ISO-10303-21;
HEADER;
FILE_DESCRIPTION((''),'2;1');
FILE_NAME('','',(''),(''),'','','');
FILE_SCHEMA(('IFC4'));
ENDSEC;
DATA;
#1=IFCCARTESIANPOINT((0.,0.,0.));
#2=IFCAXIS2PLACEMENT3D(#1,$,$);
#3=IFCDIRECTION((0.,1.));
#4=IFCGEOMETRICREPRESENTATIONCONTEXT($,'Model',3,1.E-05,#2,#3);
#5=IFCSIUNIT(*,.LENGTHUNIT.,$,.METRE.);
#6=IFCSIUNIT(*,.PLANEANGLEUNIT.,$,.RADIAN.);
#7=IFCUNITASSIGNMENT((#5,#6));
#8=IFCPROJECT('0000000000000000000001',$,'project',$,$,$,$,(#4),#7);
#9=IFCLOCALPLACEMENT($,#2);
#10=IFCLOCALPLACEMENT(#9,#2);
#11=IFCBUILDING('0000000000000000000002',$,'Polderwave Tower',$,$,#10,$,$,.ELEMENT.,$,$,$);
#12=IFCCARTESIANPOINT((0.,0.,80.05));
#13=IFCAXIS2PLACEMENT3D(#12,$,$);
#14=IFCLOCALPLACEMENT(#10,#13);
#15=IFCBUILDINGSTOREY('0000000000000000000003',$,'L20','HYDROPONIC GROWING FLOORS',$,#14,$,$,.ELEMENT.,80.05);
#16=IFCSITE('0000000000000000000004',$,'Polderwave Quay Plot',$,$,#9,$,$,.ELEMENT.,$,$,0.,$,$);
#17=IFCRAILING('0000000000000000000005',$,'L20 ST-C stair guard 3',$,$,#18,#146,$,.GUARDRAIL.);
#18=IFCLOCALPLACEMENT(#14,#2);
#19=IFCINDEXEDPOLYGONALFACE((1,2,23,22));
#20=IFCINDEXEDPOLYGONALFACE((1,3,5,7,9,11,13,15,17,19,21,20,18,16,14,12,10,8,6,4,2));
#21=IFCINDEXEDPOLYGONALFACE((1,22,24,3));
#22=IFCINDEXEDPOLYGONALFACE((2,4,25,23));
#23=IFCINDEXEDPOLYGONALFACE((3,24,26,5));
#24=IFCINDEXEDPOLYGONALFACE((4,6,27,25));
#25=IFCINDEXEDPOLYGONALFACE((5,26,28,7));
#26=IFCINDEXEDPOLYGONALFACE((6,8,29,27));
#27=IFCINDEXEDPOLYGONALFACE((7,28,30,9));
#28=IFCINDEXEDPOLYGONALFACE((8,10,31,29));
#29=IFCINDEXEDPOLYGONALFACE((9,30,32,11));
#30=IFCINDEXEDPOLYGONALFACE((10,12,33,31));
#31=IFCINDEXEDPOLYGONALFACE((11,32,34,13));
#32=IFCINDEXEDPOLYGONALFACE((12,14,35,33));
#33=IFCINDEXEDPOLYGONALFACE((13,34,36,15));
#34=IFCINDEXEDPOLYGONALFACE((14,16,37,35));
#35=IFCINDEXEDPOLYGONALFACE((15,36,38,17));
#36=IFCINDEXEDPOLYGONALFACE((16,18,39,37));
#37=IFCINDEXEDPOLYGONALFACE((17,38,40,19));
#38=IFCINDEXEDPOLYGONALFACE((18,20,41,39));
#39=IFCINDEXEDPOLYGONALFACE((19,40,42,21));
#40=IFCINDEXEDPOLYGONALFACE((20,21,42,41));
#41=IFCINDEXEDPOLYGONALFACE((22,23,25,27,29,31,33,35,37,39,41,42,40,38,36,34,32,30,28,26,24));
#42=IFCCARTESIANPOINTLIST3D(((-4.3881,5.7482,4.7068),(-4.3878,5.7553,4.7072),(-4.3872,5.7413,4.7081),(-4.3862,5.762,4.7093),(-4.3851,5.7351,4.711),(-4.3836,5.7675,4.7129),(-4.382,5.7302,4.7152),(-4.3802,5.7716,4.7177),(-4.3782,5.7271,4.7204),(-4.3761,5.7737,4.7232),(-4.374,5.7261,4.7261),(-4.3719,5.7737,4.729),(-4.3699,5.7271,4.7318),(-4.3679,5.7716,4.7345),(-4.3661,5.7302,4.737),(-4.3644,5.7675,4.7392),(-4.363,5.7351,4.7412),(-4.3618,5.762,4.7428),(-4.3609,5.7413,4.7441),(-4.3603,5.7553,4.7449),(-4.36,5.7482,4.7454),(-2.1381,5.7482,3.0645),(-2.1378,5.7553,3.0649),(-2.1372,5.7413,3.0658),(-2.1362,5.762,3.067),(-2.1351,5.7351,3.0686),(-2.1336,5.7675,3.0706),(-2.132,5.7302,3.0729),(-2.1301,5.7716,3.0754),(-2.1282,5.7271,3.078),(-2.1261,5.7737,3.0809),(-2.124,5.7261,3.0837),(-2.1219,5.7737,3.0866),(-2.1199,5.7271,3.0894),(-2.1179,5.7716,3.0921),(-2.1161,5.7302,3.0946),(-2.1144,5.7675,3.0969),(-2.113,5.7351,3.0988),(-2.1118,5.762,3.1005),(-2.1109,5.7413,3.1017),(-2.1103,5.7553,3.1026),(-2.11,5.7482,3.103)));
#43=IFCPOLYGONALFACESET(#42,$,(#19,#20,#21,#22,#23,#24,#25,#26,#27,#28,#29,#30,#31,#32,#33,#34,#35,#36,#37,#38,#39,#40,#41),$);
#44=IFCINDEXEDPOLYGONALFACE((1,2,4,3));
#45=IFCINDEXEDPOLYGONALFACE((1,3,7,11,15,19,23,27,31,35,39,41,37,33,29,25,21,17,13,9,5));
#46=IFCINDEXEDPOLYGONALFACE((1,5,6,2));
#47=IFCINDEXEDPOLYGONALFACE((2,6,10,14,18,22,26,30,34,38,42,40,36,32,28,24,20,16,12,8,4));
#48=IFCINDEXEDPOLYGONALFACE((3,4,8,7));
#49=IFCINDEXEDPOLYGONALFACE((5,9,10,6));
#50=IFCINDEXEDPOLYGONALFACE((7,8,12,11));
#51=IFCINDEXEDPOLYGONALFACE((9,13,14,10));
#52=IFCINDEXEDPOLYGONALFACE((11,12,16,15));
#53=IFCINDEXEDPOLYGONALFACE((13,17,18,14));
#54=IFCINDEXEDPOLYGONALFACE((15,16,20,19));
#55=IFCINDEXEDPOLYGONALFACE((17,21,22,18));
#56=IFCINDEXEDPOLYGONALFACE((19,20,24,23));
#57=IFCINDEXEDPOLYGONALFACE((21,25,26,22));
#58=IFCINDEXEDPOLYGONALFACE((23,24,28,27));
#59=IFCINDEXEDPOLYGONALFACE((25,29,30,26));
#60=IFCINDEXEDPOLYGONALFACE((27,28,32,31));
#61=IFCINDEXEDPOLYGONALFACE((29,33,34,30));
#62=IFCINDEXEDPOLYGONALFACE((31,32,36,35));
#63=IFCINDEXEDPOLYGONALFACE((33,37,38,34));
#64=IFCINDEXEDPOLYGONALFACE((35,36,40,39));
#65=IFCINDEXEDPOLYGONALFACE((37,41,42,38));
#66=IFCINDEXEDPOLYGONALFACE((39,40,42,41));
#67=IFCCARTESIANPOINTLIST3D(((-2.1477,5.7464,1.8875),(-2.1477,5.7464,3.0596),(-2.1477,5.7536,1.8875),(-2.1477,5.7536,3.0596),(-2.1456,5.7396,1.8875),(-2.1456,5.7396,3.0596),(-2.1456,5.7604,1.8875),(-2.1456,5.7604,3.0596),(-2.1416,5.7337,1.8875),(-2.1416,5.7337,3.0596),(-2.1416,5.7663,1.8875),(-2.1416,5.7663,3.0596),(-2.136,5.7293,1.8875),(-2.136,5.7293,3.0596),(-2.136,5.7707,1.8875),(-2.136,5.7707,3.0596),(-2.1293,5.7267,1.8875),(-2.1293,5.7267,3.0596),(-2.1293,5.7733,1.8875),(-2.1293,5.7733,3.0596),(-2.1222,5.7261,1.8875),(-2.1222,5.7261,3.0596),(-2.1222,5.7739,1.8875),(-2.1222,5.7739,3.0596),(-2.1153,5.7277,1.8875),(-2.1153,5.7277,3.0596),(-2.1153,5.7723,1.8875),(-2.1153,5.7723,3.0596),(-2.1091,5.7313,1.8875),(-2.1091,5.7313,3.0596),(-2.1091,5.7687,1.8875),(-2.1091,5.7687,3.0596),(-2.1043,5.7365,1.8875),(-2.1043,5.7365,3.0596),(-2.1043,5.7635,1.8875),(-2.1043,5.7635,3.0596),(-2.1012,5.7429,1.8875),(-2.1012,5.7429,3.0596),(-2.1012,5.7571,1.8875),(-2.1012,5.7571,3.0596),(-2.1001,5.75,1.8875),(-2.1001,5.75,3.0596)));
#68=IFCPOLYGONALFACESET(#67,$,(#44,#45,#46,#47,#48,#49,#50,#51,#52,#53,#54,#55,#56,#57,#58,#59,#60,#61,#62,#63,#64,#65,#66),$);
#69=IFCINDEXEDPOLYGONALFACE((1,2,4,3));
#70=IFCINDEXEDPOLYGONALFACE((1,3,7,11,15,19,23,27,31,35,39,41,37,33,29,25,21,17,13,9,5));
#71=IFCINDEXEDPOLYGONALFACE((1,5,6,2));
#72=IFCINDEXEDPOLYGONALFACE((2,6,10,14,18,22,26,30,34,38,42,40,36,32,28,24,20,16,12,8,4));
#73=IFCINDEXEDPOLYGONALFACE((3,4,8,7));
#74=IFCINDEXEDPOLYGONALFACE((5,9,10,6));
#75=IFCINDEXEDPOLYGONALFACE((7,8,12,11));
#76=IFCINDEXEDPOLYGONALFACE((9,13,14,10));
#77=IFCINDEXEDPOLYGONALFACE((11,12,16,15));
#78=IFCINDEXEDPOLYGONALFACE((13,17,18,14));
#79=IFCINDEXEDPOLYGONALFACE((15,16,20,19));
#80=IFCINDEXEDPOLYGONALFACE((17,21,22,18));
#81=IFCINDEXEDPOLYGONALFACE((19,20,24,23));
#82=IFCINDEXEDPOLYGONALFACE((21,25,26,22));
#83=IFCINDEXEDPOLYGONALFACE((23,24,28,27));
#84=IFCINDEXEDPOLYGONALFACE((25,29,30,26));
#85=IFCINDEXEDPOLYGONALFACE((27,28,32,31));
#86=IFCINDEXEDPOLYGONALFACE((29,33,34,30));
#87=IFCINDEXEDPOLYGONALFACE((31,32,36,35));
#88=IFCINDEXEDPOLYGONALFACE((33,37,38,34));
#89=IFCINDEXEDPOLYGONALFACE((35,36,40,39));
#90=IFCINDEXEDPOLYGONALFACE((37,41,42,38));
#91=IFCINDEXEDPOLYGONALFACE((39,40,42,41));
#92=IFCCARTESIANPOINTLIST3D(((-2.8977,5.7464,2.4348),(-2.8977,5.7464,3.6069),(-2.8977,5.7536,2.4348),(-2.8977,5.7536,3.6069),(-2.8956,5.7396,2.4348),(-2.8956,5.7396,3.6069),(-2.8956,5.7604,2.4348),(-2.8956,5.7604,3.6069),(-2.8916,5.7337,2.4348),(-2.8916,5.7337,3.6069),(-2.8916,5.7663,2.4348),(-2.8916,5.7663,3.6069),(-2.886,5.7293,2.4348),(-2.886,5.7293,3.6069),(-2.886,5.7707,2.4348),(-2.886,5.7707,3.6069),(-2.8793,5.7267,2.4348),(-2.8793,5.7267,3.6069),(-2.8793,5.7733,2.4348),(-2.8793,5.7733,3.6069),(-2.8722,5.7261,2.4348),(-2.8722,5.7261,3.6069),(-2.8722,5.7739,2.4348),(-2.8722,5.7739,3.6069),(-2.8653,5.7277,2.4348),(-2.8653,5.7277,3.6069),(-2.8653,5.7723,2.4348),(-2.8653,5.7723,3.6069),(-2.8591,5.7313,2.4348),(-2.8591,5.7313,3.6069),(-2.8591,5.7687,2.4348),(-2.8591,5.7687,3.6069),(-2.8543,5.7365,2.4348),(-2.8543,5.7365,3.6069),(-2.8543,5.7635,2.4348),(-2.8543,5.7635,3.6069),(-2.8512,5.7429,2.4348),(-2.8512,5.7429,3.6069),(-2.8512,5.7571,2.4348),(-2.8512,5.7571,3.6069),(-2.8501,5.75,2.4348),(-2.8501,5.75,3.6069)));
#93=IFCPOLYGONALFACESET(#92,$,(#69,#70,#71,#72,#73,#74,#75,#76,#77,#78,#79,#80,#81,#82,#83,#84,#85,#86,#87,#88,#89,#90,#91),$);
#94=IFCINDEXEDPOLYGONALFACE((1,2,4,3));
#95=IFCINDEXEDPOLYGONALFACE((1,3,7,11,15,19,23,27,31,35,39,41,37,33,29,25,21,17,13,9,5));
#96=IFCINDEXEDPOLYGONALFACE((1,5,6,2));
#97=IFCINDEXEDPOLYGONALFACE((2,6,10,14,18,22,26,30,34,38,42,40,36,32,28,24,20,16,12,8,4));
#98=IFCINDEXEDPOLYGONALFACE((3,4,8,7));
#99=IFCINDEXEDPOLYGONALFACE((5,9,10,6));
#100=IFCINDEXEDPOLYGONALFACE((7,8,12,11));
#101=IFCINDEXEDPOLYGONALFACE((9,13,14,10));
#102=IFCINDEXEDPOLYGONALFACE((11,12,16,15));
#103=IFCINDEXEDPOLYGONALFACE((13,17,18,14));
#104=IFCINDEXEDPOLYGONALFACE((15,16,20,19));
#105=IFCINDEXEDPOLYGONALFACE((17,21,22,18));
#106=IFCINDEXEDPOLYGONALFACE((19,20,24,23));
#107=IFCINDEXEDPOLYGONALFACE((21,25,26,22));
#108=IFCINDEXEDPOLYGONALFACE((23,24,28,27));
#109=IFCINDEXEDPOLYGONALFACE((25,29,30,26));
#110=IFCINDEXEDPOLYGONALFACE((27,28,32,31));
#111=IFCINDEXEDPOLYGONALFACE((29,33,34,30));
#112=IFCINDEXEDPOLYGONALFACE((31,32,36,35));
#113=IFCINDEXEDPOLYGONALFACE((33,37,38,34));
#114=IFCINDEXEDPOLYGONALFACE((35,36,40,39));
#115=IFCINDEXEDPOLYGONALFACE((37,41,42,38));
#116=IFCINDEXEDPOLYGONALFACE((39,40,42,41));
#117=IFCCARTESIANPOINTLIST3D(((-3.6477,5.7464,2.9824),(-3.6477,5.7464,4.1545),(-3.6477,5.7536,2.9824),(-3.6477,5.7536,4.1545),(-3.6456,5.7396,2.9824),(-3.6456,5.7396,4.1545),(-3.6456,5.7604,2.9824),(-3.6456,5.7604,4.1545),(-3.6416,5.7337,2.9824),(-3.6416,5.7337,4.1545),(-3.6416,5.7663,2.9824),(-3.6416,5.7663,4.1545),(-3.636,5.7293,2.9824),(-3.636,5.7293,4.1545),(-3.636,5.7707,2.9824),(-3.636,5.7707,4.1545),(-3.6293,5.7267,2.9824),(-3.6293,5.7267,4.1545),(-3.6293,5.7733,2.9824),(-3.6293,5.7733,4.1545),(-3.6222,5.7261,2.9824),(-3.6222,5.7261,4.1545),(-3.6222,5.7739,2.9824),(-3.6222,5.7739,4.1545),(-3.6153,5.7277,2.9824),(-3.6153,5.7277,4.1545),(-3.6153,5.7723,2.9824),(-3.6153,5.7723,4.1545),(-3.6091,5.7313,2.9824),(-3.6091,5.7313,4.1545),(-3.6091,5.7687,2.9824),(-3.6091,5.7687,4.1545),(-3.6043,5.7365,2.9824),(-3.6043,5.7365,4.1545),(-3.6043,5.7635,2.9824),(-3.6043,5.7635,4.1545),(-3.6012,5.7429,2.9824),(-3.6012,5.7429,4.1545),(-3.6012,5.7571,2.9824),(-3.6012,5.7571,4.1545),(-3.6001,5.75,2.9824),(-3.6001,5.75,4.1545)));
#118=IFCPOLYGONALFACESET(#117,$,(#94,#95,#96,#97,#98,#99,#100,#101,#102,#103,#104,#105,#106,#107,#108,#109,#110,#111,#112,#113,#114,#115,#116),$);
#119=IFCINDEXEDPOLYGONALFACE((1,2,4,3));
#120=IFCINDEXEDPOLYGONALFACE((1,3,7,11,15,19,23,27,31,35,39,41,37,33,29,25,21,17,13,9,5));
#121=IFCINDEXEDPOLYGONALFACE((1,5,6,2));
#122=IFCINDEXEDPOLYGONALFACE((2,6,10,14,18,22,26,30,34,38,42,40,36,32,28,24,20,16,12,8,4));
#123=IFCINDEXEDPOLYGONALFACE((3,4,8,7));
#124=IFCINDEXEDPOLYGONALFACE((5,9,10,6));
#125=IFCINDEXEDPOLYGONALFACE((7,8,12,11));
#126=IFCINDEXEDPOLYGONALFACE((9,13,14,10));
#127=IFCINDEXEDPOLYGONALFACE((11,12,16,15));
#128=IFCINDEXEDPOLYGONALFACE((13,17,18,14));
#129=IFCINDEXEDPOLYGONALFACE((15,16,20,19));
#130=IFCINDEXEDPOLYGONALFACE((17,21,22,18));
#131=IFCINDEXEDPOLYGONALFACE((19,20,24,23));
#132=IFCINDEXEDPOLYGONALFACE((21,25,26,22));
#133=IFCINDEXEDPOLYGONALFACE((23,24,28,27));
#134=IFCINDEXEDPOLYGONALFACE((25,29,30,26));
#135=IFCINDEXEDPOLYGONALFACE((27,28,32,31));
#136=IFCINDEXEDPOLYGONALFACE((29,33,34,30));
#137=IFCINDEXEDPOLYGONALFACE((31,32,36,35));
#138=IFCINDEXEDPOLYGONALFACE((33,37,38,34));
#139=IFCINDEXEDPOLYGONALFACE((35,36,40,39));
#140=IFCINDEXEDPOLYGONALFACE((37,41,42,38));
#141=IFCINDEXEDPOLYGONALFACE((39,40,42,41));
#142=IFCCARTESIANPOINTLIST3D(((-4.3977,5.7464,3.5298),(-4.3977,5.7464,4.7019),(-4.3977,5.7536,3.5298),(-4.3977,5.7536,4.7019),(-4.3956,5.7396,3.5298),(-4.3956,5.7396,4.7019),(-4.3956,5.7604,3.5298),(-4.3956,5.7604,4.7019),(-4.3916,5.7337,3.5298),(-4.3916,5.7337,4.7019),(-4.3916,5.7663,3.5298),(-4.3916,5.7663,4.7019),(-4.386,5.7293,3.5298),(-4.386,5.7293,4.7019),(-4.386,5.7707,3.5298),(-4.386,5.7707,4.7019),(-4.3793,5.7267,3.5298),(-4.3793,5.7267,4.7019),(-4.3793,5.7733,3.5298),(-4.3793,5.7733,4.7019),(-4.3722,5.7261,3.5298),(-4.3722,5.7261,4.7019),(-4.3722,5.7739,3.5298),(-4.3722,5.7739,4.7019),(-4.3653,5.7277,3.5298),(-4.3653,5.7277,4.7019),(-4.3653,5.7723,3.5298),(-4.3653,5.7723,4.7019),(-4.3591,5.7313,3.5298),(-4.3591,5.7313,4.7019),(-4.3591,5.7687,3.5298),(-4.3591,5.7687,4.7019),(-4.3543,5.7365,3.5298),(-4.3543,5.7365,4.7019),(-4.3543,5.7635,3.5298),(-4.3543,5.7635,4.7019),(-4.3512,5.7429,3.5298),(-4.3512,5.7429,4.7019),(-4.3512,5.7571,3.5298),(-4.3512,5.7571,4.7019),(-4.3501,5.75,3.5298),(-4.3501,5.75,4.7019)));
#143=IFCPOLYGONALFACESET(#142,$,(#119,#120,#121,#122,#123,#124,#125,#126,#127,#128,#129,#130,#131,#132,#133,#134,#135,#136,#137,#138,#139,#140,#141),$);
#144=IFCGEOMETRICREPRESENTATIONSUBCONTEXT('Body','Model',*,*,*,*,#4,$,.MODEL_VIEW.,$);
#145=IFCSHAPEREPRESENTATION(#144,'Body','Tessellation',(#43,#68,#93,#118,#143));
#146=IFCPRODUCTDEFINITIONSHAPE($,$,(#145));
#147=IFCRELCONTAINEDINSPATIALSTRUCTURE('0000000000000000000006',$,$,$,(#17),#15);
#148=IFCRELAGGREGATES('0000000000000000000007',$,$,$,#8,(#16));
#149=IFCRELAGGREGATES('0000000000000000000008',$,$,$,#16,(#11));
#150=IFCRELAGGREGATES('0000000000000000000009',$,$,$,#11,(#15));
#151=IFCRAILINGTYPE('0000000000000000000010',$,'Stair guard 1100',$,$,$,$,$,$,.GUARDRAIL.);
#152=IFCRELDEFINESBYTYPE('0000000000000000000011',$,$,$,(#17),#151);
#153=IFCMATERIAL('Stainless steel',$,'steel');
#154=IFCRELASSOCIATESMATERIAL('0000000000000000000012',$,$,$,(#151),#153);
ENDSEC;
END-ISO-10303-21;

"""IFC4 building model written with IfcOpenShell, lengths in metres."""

from ifc_helpers import new_model, si_unit, direction, frame, origin, origin_2d, place, context, subcontext, project, spatial, circle, extrude, material, type_object, element, save


model = new_model("IFC4")

# Units and contexts
model_context = context("Model", 3, precision=1e-05, world=origin(), true_north=direction((0.0, 1.0)))
body_context = subcontext(model_context, "Body", "Model", "MODEL_VIEW")
ifc_project = project(units=[si_unit("LENGTHUNIT", "METRE"), si_unit("PLANEANGLEUNIT", "RADIAN")], contexts=[model_context])

# Site, building, storey
site_placement = place(None, origin())
site = spatial("IfcSite", under=ifc_project, at=site_placement, Name="Polderwave Quay Plot", CompositionType="ELEMENT", RefElevation=0.0)
building_placement = place(site_placement, origin())
building = spatial("IfcBuilding", under=site, at=building_placement, Name="Polderwave Tower", CompositionType="ELEMENT")
storey_placement = place(building_placement, frame((0.0, 0.0, 80.05)))
storey = spatial("IfcBuildingStorey", under=building, at=storey_placement, Name="L20", Description="HYDROPONIC GROWING FLOORS", CompositionType="ELEMENT", Elevation=80.05)

# Railing
ifc_material_1 = material(Name="Stainless steel", Category="steel")
railing_type_1 = type_object("IfcRailingType", Name="Stair guard 1100", PredefinedType="GUARDRAIL", material=ifc_material_1)
railing_1_placement = place(storey_placement, frame((-2.124, 5.75, 1.8875)))
element("IfcRailing", 1, at=railing_1_placement, inside=storey, type_object=railing_type_1, Name="L20 ST-C stair guard 3", PredefinedType="GUARDRAIL", context=body_context, shape_type="SweptSolid", body=[
    extrude(circle(Radius=0.0239, at=origin_2d()), frame((0.0, 0.0, 1.1963), z_axis=(-0.807715, 0.0, 0.589573), x_axis=(0.0, -1.0, 0.0)), (0.0, 0.0, 1.0), 2.7856),
    extrude(circle(Radius=0.0239, at=origin_2d()), origin(), (0.0, 0.0, 1.0), 1.1721),
    extrude(circle(Radius=0.0239, at=origin_2d()), frame((-0.75, 0.0, 0.5474)), (0.0, 0.0, 1.0), 1.1721),
    extrude(circle(Radius=0.0239, at=origin_2d()), frame((-1.5, 0.0, 1.095)), (0.0, 0.0, 1.0), 1.1721),
    extrude(circle(Radius=0.0239, at=origin_2d()), frame((-2.25, 0.0, 1.6423)), (0.0, 0.0, 1.0), 1.1721),
])

save(model, "model.ifc")
